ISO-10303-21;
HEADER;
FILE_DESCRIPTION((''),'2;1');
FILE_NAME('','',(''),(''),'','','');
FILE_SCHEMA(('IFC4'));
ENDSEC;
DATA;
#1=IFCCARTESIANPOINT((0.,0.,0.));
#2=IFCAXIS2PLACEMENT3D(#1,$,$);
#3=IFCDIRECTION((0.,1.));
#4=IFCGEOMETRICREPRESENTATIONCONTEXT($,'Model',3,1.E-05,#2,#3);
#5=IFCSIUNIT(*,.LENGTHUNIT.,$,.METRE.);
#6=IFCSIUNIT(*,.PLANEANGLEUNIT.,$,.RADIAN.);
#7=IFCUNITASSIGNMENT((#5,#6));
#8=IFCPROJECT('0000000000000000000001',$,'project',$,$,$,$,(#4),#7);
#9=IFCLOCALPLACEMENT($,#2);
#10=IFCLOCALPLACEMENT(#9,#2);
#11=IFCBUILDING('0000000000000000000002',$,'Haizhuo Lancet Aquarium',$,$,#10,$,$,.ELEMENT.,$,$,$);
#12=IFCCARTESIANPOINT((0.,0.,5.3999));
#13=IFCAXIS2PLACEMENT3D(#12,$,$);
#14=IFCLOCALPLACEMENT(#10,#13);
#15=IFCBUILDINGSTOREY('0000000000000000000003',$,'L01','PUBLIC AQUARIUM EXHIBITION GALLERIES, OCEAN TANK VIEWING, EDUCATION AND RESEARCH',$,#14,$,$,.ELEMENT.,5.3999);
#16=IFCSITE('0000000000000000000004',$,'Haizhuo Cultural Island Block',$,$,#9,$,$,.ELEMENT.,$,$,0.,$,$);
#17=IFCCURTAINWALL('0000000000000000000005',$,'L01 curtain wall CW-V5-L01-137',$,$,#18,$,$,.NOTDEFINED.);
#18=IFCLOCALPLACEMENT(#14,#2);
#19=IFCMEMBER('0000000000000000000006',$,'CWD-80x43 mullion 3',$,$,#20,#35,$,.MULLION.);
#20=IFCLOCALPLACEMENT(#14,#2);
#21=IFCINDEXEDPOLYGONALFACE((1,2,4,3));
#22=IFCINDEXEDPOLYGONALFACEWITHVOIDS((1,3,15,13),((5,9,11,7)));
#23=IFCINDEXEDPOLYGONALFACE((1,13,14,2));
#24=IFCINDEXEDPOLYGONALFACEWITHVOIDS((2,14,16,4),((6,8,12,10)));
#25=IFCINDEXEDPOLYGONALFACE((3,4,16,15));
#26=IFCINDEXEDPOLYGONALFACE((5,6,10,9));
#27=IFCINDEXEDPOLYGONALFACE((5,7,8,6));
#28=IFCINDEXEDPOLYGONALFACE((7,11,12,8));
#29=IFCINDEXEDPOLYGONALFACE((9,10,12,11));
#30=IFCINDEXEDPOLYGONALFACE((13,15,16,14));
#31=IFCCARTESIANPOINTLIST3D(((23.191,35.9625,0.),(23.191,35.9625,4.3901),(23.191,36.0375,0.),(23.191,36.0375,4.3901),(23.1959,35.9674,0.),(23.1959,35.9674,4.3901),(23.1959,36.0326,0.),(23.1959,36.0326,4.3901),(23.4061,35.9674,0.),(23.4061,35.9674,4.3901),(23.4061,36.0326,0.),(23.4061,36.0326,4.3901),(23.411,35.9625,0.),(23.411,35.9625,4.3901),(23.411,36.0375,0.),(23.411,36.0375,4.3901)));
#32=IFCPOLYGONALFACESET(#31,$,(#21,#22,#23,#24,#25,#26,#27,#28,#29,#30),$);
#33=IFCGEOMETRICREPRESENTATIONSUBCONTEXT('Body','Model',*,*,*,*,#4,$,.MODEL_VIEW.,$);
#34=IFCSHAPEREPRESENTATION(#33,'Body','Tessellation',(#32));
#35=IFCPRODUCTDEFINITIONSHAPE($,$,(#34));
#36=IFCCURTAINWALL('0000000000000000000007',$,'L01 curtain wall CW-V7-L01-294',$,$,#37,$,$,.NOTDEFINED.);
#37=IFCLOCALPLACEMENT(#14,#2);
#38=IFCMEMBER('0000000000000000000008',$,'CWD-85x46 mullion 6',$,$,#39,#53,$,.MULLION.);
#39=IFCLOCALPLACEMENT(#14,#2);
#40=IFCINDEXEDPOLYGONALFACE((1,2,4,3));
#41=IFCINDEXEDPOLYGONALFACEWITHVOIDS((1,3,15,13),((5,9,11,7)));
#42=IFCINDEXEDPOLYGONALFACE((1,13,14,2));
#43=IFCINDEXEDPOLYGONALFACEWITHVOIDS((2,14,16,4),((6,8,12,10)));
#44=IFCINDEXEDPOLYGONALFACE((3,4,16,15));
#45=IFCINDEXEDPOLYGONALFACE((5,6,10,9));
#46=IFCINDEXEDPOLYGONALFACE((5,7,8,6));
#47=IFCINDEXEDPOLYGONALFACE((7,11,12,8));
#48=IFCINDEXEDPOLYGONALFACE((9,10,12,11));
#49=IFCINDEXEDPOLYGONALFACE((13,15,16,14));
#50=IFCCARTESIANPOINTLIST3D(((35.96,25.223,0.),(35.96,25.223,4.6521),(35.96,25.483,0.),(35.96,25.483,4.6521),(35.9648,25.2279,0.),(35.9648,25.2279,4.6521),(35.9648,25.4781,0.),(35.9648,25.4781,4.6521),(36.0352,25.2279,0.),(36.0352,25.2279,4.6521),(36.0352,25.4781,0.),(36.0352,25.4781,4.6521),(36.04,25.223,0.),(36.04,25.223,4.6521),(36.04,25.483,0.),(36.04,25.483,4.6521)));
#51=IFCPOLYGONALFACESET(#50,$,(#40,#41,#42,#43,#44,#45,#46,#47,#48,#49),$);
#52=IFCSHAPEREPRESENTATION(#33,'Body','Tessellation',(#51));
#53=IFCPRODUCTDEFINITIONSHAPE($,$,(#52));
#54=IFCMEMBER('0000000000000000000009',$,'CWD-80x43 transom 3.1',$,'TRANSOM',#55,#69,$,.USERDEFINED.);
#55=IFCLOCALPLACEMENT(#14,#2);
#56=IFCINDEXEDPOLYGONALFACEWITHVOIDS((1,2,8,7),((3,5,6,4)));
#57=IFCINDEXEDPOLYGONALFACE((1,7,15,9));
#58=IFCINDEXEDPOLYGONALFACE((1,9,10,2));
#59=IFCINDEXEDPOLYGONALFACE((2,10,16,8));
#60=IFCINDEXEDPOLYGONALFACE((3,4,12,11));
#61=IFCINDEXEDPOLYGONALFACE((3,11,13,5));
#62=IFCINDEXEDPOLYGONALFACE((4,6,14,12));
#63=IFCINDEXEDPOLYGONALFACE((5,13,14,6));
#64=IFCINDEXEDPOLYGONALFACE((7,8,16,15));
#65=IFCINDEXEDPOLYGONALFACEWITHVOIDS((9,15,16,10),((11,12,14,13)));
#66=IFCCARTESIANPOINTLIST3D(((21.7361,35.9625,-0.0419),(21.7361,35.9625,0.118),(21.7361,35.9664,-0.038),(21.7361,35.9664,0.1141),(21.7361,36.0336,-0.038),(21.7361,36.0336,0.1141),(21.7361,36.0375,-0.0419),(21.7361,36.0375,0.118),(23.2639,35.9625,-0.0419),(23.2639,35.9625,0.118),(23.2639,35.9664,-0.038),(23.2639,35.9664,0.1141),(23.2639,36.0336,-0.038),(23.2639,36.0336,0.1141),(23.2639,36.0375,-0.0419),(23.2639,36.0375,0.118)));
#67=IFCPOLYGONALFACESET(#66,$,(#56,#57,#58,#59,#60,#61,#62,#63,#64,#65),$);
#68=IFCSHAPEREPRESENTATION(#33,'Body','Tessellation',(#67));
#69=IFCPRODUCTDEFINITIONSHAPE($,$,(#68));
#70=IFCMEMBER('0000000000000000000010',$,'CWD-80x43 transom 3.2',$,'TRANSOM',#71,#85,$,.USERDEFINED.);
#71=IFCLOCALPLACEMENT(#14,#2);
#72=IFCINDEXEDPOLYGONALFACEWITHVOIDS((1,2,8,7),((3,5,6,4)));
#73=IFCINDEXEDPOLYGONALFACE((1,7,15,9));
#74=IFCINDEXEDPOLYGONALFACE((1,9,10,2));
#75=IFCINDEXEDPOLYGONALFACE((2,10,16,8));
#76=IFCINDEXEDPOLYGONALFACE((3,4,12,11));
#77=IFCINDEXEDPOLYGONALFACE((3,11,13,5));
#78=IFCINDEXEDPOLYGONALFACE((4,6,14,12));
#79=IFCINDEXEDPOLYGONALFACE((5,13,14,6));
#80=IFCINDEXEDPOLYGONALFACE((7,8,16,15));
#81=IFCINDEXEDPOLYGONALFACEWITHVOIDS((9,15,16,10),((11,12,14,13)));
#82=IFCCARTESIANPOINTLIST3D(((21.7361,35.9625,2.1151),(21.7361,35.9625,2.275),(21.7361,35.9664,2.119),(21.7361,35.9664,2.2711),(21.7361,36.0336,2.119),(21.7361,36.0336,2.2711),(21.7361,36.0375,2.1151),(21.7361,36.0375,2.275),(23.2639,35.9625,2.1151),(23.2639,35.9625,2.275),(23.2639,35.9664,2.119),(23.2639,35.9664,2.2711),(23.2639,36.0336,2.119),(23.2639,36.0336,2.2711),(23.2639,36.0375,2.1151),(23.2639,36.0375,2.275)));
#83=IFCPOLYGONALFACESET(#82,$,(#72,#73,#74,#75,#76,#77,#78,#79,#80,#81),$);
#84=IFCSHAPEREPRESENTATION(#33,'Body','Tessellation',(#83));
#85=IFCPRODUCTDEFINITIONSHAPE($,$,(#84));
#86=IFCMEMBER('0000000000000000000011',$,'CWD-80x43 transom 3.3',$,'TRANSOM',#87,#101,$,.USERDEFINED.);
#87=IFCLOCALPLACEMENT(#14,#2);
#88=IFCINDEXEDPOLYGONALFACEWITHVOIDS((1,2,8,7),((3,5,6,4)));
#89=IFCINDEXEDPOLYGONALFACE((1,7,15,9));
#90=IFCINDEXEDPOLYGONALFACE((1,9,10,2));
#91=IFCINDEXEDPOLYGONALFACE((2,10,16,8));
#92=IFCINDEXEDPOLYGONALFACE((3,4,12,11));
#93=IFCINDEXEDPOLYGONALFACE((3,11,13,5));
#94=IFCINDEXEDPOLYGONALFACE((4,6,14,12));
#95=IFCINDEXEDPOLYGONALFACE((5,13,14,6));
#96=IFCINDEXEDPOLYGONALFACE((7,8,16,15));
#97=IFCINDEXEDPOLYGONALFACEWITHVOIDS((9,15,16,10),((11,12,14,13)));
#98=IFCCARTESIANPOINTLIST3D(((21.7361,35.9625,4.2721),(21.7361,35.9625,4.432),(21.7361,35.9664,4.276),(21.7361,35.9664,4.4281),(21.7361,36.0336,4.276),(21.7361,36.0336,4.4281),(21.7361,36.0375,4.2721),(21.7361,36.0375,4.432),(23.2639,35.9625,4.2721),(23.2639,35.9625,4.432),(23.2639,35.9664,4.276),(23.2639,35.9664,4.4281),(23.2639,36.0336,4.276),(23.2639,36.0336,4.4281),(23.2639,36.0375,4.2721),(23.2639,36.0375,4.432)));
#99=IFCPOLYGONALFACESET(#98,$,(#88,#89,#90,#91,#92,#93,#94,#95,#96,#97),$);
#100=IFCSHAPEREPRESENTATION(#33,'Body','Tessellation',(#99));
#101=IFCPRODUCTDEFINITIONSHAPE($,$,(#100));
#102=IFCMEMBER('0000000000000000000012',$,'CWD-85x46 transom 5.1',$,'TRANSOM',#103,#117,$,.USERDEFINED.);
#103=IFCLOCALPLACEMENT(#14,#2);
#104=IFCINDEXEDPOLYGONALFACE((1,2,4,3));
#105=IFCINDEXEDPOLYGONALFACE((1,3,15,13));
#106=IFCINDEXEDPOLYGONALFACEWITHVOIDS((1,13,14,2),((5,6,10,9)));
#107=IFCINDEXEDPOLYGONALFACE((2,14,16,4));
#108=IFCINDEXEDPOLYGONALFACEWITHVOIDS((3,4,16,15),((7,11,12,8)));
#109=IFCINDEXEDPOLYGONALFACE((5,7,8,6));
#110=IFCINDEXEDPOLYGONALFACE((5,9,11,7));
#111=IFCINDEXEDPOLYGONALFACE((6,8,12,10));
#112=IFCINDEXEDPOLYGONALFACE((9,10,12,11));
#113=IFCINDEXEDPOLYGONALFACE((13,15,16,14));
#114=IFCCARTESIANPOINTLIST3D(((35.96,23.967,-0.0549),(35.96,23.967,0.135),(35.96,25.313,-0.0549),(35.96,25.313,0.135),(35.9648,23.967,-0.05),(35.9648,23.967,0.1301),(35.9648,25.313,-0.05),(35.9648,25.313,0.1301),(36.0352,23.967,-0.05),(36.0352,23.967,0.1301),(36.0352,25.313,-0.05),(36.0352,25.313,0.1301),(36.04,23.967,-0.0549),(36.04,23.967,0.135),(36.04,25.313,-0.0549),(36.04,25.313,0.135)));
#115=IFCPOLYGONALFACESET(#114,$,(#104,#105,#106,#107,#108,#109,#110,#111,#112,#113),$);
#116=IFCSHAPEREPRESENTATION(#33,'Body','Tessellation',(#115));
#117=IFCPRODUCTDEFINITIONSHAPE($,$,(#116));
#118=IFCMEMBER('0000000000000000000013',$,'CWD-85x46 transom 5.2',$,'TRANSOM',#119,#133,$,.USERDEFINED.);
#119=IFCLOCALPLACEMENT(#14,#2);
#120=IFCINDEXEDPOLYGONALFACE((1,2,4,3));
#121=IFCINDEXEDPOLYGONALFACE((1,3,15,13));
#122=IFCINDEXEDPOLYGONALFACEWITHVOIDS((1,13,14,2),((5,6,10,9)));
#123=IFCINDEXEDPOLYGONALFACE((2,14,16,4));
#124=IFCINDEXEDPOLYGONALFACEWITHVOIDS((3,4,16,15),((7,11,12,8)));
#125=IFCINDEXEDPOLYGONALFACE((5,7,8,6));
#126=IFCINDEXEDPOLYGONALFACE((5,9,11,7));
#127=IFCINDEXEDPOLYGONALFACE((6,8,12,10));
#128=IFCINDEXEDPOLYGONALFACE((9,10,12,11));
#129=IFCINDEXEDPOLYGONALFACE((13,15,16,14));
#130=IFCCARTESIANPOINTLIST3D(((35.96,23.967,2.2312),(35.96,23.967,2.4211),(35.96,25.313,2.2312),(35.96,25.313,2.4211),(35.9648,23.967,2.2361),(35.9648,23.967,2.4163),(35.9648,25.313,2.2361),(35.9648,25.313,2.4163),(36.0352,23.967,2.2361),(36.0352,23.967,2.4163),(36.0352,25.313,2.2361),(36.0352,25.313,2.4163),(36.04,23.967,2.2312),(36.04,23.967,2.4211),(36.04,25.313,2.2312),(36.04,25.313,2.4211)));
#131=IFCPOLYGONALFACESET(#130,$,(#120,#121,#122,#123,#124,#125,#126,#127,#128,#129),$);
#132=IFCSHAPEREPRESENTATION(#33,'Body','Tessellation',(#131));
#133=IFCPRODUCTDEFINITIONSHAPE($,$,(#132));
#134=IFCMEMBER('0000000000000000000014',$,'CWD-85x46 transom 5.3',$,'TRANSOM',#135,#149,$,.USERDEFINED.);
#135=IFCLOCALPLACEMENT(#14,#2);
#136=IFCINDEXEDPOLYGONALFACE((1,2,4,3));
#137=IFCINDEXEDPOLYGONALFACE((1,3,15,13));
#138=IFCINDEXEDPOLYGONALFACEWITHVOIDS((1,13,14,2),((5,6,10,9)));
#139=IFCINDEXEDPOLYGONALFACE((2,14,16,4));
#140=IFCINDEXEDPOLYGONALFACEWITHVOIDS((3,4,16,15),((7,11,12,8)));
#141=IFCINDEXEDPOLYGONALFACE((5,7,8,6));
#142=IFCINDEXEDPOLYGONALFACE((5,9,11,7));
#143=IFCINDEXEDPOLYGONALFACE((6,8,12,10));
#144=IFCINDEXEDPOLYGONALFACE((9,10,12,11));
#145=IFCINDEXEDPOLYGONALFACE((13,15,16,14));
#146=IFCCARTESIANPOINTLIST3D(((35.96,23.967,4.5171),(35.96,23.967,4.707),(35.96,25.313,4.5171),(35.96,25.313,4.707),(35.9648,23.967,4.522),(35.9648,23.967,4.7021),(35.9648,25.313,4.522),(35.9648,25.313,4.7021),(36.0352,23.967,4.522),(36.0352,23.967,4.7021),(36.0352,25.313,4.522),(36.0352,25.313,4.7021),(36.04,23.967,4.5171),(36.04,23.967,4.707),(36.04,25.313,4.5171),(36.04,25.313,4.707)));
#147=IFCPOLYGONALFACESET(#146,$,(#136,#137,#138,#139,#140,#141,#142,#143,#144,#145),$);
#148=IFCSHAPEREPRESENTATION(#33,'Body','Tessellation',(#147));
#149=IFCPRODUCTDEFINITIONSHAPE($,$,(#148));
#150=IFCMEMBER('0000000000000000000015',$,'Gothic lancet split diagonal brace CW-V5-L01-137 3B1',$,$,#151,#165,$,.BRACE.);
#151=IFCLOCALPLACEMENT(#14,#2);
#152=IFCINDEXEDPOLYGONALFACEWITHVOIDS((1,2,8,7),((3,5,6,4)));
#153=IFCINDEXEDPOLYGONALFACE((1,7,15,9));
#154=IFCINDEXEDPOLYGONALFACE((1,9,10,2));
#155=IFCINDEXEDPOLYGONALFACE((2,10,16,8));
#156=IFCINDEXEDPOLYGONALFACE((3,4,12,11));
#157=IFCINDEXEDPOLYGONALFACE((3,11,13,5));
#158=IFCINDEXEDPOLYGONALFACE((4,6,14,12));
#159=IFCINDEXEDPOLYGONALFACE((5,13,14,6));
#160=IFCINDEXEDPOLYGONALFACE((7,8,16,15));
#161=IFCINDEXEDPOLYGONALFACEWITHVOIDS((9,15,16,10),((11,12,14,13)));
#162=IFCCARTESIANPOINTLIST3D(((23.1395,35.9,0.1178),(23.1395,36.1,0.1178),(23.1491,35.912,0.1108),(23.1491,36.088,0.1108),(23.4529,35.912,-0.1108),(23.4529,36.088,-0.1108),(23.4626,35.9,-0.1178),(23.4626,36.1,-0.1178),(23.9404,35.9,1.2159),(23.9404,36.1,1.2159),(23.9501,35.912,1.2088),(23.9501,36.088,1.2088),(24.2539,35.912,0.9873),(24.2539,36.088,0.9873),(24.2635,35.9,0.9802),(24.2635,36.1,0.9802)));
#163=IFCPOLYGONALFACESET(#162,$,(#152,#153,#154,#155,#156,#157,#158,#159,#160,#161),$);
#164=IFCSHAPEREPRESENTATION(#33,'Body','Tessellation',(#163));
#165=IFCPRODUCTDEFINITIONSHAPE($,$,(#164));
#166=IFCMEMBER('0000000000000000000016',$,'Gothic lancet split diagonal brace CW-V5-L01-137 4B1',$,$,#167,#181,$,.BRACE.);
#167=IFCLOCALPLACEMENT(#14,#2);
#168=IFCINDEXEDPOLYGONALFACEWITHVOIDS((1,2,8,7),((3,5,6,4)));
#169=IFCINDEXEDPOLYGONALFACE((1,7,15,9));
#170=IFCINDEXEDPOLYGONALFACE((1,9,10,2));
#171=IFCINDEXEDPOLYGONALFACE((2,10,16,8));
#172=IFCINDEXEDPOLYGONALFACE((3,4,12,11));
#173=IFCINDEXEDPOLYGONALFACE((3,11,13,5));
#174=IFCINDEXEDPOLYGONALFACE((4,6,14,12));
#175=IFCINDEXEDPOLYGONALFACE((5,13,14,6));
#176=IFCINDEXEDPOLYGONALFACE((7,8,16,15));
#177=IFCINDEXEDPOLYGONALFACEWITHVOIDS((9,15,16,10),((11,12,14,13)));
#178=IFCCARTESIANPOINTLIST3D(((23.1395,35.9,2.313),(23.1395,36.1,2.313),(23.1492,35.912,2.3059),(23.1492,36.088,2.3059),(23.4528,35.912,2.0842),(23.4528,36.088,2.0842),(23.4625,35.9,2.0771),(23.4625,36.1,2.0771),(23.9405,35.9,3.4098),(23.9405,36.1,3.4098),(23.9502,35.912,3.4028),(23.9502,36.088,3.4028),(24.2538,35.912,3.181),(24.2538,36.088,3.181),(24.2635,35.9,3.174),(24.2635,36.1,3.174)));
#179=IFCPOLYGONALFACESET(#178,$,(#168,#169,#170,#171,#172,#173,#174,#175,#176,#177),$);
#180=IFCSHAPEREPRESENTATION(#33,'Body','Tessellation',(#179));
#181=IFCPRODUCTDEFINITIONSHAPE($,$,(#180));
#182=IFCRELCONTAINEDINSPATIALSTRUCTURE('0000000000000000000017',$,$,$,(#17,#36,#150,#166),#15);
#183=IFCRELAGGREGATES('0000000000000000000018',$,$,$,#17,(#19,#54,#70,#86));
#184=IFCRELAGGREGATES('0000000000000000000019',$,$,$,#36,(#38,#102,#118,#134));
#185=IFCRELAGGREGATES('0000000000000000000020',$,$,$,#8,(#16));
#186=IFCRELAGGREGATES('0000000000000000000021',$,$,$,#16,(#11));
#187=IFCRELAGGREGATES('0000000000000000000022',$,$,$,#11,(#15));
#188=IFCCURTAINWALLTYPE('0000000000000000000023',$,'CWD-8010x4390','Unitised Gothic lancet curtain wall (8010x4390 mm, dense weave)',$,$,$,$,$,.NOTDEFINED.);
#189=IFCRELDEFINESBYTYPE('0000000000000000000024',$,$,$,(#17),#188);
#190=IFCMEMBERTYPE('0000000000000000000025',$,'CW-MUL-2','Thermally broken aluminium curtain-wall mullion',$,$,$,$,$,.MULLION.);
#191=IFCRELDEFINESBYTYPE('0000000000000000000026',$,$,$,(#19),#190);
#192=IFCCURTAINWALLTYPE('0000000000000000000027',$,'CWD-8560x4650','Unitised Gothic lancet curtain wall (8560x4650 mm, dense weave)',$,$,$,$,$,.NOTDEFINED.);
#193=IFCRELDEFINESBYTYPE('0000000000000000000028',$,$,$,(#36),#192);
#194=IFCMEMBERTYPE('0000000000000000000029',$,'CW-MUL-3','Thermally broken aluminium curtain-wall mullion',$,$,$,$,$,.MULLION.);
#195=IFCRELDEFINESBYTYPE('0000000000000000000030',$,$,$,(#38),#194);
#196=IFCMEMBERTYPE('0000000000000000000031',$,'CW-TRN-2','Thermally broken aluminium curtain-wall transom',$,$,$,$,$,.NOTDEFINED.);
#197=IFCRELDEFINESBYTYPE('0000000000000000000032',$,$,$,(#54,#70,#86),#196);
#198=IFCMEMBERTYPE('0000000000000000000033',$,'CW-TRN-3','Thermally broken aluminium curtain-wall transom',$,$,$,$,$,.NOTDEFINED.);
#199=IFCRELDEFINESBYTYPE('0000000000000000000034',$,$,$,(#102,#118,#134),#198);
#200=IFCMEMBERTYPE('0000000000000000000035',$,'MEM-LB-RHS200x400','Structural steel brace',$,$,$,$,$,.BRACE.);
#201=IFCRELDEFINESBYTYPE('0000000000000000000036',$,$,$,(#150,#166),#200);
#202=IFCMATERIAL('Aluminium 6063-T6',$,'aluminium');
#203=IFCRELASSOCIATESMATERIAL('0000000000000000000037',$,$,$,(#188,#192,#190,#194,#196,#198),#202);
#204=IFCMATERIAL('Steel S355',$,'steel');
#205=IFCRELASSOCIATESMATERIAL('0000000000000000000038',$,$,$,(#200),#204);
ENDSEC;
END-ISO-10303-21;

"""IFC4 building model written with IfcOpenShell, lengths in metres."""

from ifc_helpers import new_model, si_unit, direction, frame, origin, origin_2d, place, context, subcontext, project, spatial, hollow_rectangle, extrude, material, material_profile, profile_set, type_object, element, aggregate, save


model = new_model("IFC4")

# Units and contexts
model_context = context("Model", 3, precision=1e-05, world=origin(), true_north=direction((0.0, 1.0)))
body_context = subcontext(model_context, "Body", "Model", "MODEL_VIEW")
ifc_project = project(units=[si_unit("LENGTHUNIT", "METRE"), si_unit("PLANEANGLEUNIT", "RADIAN")], contexts=[model_context])

# Site, building, storey
site_placement = place(None, origin())
site = spatial("IfcSite", under=ifc_project, at=site_placement, Name="Haizhuo Cultural Island Block", CompositionType="ELEMENT", RefElevation=0.0)
building_placement = place(site_placement, origin())
building = spatial("IfcBuilding", under=site, at=building_placement, Name="Haizhuo Lancet Aquarium", CompositionType="ELEMENT")
storey_placement = place(building_placement, frame((0.0, 0.0, 5.3999)))
storey = spatial("IfcBuildingStorey", under=building, at=storey_placement, Name="L01", Description="PUBLIC AQUARIUM EXHIBITION GALLERIES, OCEAN TANK VIEWING, EDUCATION AND RESEARCH", CompositionType="ELEMENT", Elevation=5.3999)

# Curtain walls, members
ifc_material_1 = material(Name="Aluminium 6063-T6", Category="aluminium")
curtain_wall_type_1 = type_object("IfcCurtainWallType", Name="CWD-8010x4390", Description="Unitised Gothic lancet curtain wall (8010x4390 mm, dense weave)", PredefinedType="NOTDEFINED", material=ifc_material_1)
curtain_wall_1_placement = place(storey_placement, origin())
curtain_wall_1 = element("IfcCurtainWall", 1, at=curtain_wall_1_placement, inside=storey, type_object=curtain_wall_type_1, Name="L01 curtain wall CW-V5-L01-137", PredefinedType="NOTDEFINED")
ifc_material_profile_1 = material_profile(ifc_material_1, hollow_rectangle(XDim=0.075, YDim=0.22, WallThickness=0.0049, at=origin_2d()), Name="ALU-M 75x220x5")
ifc_profile_set_1 = profile_set([ifc_material_profile_1], Name="Aluminium 6063-T6")
member_type_1 = type_object("IfcMemberType", Name="CW-MUL-2", Description="Thermally broken aluminium curtain-wall mullion", PredefinedType="MULLION", material=ifc_profile_set_1)
member_1_placement = place(storey_placement, frame((23.301, 36.0, 0.0), z_axis=(0.0, 0.0, 1.0), x_axis=(0.0, -1.0, 0.0)))
member_1 = element("IfcMember", 2, at=member_1_placement, type_object=member_type_1, Name="CWD-80x43 mullion 3", PredefinedType="MULLION", context=body_context, shape_type="SweptSolid", body=[
    extrude(hollow_rectangle(XDim=0.075, YDim=0.22, WallThickness=0.0049, at=origin_2d()), origin(), (0.0, 0.0, 1.0), 4.3901),
])
curtain_wall_type_2 = type_object("IfcCurtainWallType", Name="CWD-8560x4650", Description="Unitised Gothic lancet curtain wall (8560x4650 mm, dense weave)", PredefinedType="NOTDEFINED", material=ifc_material_1)
curtain_wall_2_placement = place(storey_placement, origin())
curtain_wall_2 = element("IfcCurtainWall", 3, at=curtain_wall_2_placement, inside=storey, type_object=curtain_wall_type_2, Name="L01 curtain wall CW-V7-L01-294", PredefinedType="NOTDEFINED")
ifc_material_profile_2 = material_profile(ifc_material_1, hollow_rectangle(XDim=0.0801, YDim=0.26, WallThickness=0.0049, at=origin_2d()), Name="ALU-M 80x260x5")
ifc_profile_set_2 = profile_set([ifc_material_profile_2], Name="Aluminium 6063-T6")
member_type_2 = type_object("IfcMemberType", Name="CW-MUL-3", Description="Thermally broken aluminium curtain-wall mullion", PredefinedType="MULLION", material=ifc_profile_set_2)
member_2_placement = place(storey_placement, frame((36.0, 25.353, 0.0), z_axis=(0.0, 0.0, 1.0), x_axis=(-1.0, 0.0, 0.0)))
member_2 = element("IfcMember", 4, at=member_2_placement, type_object=member_type_2, Name="CWD-85x46 mullion 6", PredefinedType="MULLION", context=body_context, shape_type="SweptSolid", body=[
    extrude(hollow_rectangle(XDim=0.0801, YDim=0.26, WallThickness=0.0049, at=origin_2d()), origin(), (0.0, 0.0, 1.0), 4.6521),
])

# Members
ifc_material_profile_3 = material_profile(ifc_material_1, hollow_rectangle(XDim=0.075, YDim=0.1599, WallThickness=0.0039, at=origin_2d()), Name="ALU-T 75x160x4")
ifc_profile_set_3 = profile_set([ifc_material_profile_3], Name="Aluminium 6063-T6")
member_type_3 = type_object("IfcMemberType", Name="CW-TRN-2", Description="Thermally broken aluminium curtain-wall transom", PredefinedType="NOTDEFINED", material=ifc_profile_set_3)
member_3_placement = place(storey_placement, frame((23.2639, 36.0, 0.0381), z_axis=(-1.0, 0.0, 0.0), x_axis=(0.0, -1.0, 0.0)))
member_3 = element("IfcMember", 5, at=member_3_placement, type_object=member_type_3, Name="CWD-80x43 transom 3.1", ObjectType="TRANSOM", PredefinedType="USERDEFINED", context=body_context, shape_type="SweptSolid", body=[
    extrude(hollow_rectangle(XDim=0.075, YDim=0.1599, WallThickness=0.0039, at=origin_2d()), origin(), (0.0, 0.0, 1.0), 1.5278),
])
member_4_placement = place(storey_placement, frame((23.2639, 36.0, 2.1951), z_axis=(-1.0, 0.0, 0.0), x_axis=(0.0, -1.0, 0.0)))
member_4 = element("IfcMember", 6, at=member_4_placement, type_object=member_type_3, Name="CWD-80x43 transom 3.2", ObjectType="TRANSOM", PredefinedType="USERDEFINED", context=body_context, shape_type="SweptSolid", body=[
    extrude(hollow_rectangle(XDim=0.075, YDim=0.1599, WallThickness=0.0039, at=origin_2d()), origin(), (0.0, 0.0, 1.0), 1.5278),
])
member_5_placement = place(storey_placement, frame((23.2639, 36.0, 4.3521), z_axis=(-1.0, 0.0, 0.0), x_axis=(0.0, -1.0, 0.0)))
member_5 = element("IfcMember", 7, at=member_5_placement, type_object=member_type_3, Name="CWD-80x43 transom 3.3", ObjectType="TRANSOM", PredefinedType="USERDEFINED", context=body_context, shape_type="SweptSolid", body=[
    extrude(hollow_rectangle(XDim=0.075, YDim=0.1599, WallThickness=0.0039, at=origin_2d()), origin(), (0.0, 0.0, 1.0), 1.5278),
])
aggregate(curtain_wall_1, [member_1, member_3, member_4, member_5])
ifc_material_profile_4 = material_profile(ifc_material_1, hollow_rectangle(XDim=0.0801, YDim=0.1899, WallThickness=0.0049, at=origin_2d()), Name="ALU-T 80x190x5")
ifc_profile_set_4 = profile_set([ifc_material_profile_4], Name="Aluminium 6063-T6")
member_type_4 = type_object("IfcMemberType", Name="CW-TRN-3", Description="Thermally broken aluminium curtain-wall transom", PredefinedType="NOTDEFINED", material=ifc_profile_set_4)
member_6_placement = place(storey_placement, frame((36.0, 23.967, 0.04), z_axis=(0.0, 1.0, 0.0), x_axis=(-1.0, 0.0, 0.0)))
member_6 = element("IfcMember", 8, at=member_6_placement, type_object=member_type_4, Name="CWD-85x46 transom 5.1", ObjectType="TRANSOM", PredefinedType="USERDEFINED", context=body_context, shape_type="SweptSolid", body=[
    extrude(hollow_rectangle(XDim=0.0801, YDim=0.1899, WallThickness=0.0049, at=origin_2d()), origin(), (0.0, 0.0, 1.0), 1.3459),
])
member_7_placement = place(storey_placement, frame((36.0, 23.967, 2.3262), z_axis=(0.0, 1.0, 0.0), x_axis=(-1.0, 0.0, 0.0)))
member_7 = element("IfcMember", 9, at=member_7_placement, type_object=member_type_4, Name="CWD-85x46 transom 5.2", ObjectType="TRANSOM", PredefinedType="USERDEFINED", context=body_context, shape_type="SweptSolid", body=[
    extrude(hollow_rectangle(XDim=0.0801, YDim=0.1899, WallThickness=0.0049, at=origin_2d()), origin(), (0.0, 0.0, 1.0), 1.3459),
])
member_8_placement = place(storey_placement, frame((36.0, 23.967, 4.6121), z_axis=(0.0, 1.0, 0.0), x_axis=(-1.0, 0.0, 0.0)))
member_8 = element("IfcMember", 10, at=member_8_placement, type_object=member_type_4, Name="CWD-85x46 transom 5.3", ObjectType="TRANSOM", PredefinedType="USERDEFINED", context=body_context, shape_type="SweptSolid", body=[
    extrude(hollow_rectangle(XDim=0.0801, YDim=0.1899, WallThickness=0.0049, at=origin_2d()), origin(), (0.0, 0.0, 1.0), 1.3459),
])

# Members
ifc_material_2 = material(Name="Steel S355", Category="steel")
ifc_material_profile_5 = material_profile(ifc_material_2, hollow_rectangle(XDim=0.2, YDim=0.3999, WallThickness=0.012, at=origin_2d()), Name="RHS 200x400x12")
ifc_profile_set_5 = profile_set([ifc_material_profile_5], Name="Steel S355")
member_type_5 = type_object("IfcMemberType", Name="MEM-LB-RHS200x400", Description="Structural steel brace", PredefinedType="BRACE", material=ifc_profile_set_5)
member_9_placement = place(storey_placement, frame((23.301, 36.0, 0.0), z_axis=(0.589314, 0.0, 0.807904), x_axis=(0.0, 1.0, 0.0)))
element("IfcMember", 11, at=member_9_placement, inside=storey, type_object=member_type_5, Name="Gothic lancet split diagonal brace CW-V5-L01-137 3B1", PredefinedType="BRACE", context=body_context, shape_type="SweptSolid", body=[
    extrude(hollow_rectangle(XDim=0.2, YDim=0.3999, WallThickness=0.012, at=origin_2d()), origin(), (0.0, 0.0, 1.0), 1.3591),
])
member_10_placement = place(storey_placement, frame((23.301, 36.0, 2.1951), z_axis=(0.589742, 0.0, 0.807592), x_axis=(0.0, 1.0, 0.0)))
element("IfcMember", 12, at=member_10_placement, inside=storey, type_object=member_type_5, Name="Gothic lancet split diagonal brace CW-V5-L01-137 4B1", PredefinedType="BRACE", context=body_context, shape_type="SweptSolid", body=[
    extrude(hollow_rectangle(XDim=0.2, YDim=0.3999, WallThickness=0.012, at=origin_2d()), origin(), (0.0, 0.0, 1.0), 1.3582),
])

aggregate(curtain_wall_2, [member_2, member_6, member_7, member_8])

save(model, "model.ifc")
